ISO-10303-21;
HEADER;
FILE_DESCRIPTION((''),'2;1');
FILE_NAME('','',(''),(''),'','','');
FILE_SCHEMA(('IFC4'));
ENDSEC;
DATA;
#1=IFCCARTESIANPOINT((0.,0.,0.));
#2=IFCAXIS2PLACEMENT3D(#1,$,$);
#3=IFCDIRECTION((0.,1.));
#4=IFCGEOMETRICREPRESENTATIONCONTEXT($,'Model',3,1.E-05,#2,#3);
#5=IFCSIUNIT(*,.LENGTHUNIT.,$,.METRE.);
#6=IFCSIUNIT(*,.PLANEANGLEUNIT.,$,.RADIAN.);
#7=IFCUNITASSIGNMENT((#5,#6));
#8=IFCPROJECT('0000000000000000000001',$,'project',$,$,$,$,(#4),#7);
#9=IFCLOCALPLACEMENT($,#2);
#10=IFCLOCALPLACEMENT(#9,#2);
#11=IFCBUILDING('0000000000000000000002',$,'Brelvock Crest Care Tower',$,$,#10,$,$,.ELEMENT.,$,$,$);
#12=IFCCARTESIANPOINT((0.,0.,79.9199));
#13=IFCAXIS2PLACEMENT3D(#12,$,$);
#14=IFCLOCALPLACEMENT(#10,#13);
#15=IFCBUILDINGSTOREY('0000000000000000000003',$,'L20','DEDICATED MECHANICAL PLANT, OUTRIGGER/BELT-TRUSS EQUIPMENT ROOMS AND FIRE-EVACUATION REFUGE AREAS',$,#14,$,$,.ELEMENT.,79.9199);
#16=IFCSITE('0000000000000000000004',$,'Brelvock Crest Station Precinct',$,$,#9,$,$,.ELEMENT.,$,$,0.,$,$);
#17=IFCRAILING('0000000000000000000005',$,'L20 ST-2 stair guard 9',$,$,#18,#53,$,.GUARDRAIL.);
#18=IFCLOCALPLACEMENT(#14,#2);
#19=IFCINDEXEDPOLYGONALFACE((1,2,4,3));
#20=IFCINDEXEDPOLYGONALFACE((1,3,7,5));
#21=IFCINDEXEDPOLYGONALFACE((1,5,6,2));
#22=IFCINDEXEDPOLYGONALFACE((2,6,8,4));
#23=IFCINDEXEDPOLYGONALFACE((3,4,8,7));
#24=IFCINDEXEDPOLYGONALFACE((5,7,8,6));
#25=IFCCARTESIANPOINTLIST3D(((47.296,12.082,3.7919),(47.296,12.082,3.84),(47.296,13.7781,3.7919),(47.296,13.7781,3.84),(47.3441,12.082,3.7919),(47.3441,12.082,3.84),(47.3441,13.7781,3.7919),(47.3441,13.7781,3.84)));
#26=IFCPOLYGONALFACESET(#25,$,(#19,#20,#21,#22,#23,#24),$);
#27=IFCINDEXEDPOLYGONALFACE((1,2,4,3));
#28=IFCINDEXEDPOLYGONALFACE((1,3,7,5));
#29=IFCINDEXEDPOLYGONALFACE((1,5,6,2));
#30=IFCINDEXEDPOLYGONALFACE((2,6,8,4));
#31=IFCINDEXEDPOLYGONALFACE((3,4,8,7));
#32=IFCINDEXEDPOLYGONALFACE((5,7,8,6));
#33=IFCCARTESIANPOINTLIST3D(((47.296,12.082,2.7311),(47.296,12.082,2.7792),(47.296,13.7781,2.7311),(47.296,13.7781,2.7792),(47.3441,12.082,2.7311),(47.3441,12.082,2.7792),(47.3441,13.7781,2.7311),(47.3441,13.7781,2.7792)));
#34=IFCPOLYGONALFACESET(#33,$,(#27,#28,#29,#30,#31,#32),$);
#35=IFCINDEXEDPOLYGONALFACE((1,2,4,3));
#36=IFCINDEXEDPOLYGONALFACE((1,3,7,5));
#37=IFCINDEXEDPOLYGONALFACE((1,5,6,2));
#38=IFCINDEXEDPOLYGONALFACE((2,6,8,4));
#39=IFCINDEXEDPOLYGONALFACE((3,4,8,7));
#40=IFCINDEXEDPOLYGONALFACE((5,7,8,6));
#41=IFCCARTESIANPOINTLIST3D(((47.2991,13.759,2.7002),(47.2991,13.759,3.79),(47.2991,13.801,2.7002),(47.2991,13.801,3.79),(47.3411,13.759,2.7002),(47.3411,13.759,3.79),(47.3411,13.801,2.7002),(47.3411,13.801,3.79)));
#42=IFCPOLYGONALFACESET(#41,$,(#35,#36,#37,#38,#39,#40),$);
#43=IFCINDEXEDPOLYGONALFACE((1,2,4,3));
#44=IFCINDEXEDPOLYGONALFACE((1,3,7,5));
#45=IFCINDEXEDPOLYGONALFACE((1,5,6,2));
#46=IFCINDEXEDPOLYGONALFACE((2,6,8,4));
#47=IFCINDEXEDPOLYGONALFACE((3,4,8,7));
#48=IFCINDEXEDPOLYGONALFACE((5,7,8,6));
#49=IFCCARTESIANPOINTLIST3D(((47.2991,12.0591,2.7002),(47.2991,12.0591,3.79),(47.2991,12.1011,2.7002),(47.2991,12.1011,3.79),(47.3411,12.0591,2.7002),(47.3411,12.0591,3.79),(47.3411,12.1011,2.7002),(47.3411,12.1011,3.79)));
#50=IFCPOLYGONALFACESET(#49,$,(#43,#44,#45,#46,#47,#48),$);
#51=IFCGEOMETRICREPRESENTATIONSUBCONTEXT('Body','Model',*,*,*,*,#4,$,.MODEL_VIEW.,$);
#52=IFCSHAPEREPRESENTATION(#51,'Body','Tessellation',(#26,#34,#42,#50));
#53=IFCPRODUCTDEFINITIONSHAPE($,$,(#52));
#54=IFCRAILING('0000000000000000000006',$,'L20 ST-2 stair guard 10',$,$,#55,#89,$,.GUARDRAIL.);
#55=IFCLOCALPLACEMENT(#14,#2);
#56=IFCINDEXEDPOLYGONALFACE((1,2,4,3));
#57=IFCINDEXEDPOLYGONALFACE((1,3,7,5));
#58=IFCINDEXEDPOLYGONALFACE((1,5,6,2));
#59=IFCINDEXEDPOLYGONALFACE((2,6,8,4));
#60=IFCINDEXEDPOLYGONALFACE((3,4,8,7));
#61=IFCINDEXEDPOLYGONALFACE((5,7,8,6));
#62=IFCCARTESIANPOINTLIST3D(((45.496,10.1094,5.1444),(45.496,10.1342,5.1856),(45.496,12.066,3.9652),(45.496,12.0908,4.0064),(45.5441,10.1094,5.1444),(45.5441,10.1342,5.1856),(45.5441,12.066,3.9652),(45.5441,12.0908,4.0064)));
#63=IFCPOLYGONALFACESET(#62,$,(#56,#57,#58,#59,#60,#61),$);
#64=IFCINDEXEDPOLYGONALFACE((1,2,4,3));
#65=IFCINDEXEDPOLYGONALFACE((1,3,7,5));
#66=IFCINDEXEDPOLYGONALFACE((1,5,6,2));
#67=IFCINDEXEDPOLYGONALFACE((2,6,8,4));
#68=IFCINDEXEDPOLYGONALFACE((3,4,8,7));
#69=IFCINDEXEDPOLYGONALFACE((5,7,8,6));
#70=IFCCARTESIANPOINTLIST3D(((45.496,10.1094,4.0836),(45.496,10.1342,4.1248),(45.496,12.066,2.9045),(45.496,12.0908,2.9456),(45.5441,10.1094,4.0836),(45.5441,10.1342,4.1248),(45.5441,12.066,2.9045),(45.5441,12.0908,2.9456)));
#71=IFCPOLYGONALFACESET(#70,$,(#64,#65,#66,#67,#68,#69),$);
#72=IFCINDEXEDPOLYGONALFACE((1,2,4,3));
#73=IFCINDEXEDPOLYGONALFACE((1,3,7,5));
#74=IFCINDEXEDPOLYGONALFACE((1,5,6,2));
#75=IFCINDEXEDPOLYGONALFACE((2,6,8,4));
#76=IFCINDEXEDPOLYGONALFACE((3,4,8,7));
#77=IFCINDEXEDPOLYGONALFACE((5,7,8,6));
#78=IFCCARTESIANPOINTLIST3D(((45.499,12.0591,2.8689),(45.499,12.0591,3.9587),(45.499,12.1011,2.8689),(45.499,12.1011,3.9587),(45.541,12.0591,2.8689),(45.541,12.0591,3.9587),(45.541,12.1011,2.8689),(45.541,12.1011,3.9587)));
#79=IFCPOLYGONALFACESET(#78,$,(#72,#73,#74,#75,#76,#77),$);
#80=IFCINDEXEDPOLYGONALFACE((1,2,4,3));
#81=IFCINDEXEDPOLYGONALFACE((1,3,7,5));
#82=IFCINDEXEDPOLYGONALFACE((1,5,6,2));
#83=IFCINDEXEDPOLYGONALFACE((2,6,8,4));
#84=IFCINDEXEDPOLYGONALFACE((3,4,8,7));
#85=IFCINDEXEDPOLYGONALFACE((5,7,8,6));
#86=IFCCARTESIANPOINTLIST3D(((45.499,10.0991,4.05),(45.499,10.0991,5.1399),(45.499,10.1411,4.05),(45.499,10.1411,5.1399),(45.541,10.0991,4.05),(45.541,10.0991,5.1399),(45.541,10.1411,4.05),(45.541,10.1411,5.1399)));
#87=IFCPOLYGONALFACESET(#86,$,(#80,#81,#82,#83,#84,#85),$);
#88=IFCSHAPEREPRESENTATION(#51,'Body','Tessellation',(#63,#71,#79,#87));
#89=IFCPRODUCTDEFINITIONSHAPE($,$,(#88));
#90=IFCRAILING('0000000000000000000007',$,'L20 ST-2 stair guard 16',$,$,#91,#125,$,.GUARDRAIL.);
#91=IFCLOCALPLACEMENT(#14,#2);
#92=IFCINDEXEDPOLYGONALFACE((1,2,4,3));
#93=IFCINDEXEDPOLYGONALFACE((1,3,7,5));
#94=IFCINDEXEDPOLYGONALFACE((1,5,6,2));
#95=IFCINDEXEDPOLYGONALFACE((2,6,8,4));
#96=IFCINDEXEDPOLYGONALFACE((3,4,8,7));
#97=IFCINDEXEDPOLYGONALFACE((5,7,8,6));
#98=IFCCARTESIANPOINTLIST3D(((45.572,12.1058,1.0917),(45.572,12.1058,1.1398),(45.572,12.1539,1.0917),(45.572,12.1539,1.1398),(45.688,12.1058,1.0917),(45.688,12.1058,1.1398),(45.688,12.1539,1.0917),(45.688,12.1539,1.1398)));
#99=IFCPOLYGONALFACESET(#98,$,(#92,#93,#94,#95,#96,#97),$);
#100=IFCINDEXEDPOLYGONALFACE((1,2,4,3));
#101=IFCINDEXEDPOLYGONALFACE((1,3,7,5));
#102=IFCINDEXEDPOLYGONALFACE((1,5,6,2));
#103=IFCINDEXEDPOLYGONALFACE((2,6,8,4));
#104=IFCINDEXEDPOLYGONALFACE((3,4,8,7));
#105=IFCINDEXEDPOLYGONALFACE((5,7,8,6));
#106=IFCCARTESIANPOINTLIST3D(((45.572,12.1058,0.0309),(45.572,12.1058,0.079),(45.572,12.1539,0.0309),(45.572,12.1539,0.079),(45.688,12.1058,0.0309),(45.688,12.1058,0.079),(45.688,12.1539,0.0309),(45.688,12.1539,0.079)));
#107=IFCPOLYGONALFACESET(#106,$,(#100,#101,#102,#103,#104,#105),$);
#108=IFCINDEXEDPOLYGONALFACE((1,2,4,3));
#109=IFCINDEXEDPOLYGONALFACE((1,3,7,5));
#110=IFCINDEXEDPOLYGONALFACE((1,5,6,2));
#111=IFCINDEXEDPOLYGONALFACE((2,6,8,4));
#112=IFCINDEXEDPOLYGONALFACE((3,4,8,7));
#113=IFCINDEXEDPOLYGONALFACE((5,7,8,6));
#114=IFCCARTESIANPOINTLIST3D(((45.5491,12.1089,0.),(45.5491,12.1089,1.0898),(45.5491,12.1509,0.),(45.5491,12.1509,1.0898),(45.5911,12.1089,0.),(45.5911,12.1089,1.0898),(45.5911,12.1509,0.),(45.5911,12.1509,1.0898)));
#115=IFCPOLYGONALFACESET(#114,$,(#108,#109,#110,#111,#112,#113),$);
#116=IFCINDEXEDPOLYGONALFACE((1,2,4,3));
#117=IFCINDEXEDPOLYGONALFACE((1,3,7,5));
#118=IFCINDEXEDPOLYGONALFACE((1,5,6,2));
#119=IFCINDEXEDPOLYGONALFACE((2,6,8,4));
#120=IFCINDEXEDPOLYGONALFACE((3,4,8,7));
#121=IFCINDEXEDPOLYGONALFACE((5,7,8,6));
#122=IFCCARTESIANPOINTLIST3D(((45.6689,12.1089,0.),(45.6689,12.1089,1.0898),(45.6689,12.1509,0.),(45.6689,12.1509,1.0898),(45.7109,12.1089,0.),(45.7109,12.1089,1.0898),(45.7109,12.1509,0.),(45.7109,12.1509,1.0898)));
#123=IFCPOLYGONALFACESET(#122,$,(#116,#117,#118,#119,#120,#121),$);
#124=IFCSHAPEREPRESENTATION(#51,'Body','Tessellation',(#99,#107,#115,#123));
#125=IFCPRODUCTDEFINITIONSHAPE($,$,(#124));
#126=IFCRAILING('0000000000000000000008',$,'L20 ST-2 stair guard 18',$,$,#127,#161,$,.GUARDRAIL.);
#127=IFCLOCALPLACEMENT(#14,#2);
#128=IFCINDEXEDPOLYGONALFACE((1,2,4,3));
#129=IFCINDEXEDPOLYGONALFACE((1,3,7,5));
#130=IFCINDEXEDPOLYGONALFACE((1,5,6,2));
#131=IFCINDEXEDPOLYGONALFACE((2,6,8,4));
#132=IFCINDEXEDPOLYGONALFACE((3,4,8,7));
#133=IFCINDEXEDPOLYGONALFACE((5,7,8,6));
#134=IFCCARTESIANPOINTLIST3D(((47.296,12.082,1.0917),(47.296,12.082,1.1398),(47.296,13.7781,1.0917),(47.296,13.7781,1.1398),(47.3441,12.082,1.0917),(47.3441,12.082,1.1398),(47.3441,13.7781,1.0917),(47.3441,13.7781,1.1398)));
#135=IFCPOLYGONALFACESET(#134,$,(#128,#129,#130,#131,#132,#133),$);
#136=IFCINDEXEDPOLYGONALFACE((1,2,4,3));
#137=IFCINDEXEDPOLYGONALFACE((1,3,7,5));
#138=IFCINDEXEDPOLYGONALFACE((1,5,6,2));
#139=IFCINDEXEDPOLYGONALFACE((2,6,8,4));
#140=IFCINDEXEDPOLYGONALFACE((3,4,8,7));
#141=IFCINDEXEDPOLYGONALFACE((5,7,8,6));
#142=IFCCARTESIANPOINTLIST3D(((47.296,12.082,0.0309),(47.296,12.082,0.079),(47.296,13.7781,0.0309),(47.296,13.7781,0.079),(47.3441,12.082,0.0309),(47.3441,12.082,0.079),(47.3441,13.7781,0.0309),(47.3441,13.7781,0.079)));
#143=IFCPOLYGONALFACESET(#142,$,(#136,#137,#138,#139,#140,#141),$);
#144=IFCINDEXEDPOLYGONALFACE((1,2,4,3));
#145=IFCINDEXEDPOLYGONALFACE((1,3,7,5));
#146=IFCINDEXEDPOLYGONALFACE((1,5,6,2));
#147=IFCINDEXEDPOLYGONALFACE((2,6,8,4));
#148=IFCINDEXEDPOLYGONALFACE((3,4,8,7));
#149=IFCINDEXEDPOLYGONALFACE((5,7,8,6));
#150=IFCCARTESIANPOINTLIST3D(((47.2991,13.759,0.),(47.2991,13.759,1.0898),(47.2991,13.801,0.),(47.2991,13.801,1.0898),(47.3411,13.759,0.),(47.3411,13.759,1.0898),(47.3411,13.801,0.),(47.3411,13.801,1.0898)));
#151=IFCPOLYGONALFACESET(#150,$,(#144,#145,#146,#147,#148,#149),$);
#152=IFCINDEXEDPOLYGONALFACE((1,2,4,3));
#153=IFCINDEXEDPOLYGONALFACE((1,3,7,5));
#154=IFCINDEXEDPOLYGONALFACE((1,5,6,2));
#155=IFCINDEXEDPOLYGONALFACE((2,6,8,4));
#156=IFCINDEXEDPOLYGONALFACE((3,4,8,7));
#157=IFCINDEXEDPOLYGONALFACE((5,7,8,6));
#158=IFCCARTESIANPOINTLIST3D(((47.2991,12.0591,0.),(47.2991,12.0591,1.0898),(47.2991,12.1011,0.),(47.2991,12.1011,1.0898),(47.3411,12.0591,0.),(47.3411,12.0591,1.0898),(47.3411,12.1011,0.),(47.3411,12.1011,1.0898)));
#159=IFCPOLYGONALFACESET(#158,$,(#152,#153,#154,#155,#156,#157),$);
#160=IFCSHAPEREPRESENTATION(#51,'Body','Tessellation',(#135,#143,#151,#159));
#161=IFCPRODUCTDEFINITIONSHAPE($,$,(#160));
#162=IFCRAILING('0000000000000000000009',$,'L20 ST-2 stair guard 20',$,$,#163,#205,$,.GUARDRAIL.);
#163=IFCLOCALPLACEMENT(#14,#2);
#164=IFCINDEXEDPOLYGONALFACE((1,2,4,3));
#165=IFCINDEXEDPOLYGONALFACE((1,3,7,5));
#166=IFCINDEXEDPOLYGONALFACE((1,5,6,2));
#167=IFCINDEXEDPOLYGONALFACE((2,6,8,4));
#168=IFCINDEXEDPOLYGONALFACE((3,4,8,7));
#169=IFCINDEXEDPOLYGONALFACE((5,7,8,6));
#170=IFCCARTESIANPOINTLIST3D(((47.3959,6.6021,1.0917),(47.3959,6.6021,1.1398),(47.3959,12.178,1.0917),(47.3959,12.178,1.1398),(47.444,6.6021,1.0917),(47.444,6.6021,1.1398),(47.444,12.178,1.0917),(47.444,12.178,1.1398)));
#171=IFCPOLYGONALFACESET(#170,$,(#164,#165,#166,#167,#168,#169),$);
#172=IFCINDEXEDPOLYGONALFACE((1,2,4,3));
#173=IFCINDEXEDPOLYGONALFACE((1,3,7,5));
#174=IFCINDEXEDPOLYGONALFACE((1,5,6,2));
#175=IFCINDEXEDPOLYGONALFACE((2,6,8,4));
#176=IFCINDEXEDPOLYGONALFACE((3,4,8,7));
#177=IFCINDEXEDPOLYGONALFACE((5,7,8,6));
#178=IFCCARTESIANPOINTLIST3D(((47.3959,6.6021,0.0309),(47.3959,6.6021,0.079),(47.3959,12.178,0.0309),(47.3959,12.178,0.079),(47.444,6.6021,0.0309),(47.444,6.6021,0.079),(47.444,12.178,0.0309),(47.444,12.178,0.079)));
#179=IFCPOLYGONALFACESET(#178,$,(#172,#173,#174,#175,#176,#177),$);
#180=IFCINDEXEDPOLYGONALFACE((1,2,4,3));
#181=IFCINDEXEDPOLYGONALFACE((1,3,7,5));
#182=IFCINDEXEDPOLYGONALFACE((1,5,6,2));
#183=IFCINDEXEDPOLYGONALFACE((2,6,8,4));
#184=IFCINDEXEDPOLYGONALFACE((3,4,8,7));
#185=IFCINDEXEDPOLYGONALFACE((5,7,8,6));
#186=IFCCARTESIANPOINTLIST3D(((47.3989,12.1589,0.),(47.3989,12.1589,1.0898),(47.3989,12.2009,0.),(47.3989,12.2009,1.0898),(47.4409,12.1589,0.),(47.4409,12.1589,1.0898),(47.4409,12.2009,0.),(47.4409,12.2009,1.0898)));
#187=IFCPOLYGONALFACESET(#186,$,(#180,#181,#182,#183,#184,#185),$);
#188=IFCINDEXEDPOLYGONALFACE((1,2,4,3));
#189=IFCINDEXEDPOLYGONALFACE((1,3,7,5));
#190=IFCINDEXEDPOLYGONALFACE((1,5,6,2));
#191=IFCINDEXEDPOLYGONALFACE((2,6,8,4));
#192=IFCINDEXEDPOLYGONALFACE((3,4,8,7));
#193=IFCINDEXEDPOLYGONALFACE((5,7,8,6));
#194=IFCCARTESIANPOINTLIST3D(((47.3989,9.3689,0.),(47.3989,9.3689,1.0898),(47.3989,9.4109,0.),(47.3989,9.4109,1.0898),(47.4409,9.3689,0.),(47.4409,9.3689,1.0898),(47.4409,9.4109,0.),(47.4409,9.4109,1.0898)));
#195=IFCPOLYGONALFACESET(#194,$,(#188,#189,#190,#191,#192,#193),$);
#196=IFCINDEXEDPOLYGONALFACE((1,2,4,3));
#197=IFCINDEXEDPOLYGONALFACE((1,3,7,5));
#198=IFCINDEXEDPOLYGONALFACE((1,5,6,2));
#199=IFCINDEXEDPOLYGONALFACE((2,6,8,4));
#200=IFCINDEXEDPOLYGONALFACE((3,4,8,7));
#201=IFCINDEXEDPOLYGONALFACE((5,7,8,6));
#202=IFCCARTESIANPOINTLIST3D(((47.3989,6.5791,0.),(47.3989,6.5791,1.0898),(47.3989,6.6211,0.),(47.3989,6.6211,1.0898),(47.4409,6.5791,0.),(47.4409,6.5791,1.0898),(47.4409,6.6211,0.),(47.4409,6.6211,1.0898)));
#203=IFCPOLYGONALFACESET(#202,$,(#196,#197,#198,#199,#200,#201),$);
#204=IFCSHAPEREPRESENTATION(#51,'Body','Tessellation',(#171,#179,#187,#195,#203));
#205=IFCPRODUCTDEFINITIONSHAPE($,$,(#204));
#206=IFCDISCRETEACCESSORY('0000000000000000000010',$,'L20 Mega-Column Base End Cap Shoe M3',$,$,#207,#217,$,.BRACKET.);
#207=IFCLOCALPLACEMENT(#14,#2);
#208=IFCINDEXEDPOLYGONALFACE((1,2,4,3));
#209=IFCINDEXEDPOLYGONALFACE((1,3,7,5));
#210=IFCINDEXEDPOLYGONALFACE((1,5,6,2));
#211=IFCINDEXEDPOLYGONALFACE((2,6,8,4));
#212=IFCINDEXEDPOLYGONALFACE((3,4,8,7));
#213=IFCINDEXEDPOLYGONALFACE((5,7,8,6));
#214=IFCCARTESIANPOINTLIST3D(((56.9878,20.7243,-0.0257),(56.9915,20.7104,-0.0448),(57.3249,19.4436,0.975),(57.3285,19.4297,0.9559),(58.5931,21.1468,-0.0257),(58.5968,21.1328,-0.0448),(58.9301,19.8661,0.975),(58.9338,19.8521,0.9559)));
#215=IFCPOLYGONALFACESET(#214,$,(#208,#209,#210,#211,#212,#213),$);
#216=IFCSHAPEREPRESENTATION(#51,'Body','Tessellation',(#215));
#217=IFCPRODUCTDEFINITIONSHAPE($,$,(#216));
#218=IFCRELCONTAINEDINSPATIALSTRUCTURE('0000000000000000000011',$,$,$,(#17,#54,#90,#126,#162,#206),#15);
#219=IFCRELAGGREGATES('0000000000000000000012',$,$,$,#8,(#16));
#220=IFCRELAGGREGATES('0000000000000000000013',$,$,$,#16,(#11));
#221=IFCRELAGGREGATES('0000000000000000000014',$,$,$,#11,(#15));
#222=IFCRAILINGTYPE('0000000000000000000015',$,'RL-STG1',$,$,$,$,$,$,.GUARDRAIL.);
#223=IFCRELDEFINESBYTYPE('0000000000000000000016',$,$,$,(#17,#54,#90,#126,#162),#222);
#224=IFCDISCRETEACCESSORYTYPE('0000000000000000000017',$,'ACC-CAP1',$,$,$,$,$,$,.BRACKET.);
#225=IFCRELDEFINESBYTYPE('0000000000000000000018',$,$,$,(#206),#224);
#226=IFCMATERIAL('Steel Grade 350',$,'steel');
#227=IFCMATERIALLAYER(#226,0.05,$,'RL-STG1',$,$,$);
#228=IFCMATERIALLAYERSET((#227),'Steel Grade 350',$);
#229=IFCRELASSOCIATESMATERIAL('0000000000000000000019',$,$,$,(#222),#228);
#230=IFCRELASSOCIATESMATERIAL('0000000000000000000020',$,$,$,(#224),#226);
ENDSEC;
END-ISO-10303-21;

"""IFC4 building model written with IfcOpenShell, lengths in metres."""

from ifc_helpers import new_model, si_unit, direction, frame, origin, origin_2d, place, context, subcontext, project, spatial, rectangle, extrude, source, transform, mapped, material, layer, layer_set, material_profile, profile_set, type_object, element, save


model = new_model("IFC4")

# Units and contexts
model_context = context("Model", 3, precision=1e-05, world=origin(), true_north=direction((0.0, 1.0)))
body_context = subcontext(model_context, "Body", "Model", "MODEL_VIEW")
ifc_project = project(units=[si_unit("LENGTHUNIT", "METRE"), si_unit("PLANEANGLEUNIT", "RADIAN")], contexts=[model_context])

# Site, building, storey
site_placement = place(None, origin())
site = spatial("IfcSite", under=ifc_project, at=site_placement, Name="Brelvock Crest Station Precinct", CompositionType="ELEMENT", RefElevation=0.0)
building_placement = place(site_placement, origin())
building = spatial("IfcBuilding", under=site, at=building_placement, Name="Brelvock Crest Care Tower", CompositionType="ELEMENT")
storey_placement = place(building_placement, frame((0.0, 0.0, 79.9199)))
storey = spatial("IfcBuildingStorey", under=building, at=storey_placement, Name="L20", Description="DEDICATED MECHANICAL PLANT, OUTRIGGER/BELT-TRUSS EQUIPMENT ROOMS AND FIRE-EVACUATION REFUGE AREAS", CompositionType="ELEMENT", Elevation=79.9199)

# Shared definitions
ifc_material_1 = material(Name="Steel Grade 350", Category="steel")

# Railings
ifc_layer_1 = layer(ifc_material_1, 0.05, Name="RL-STG1")
ifc_layer_set_1 = layer_set([ifc_layer_1], Name="Steel Grade 350")
railing_type = type_object("IfcRailingType", Name="RL-STG1", PredefinedType="GUARDRAIL", material=ifc_layer_set_1)
railing_1_placement = place(storey_placement, frame((47.3201, 13.78, 2.7002)))
element("IfcRailing", 1, at=railing_1_placement, inside=storey, type_object=railing_type, Name="L20 ST-2 stair guard 9", PredefinedType="GUARDRAIL", context=body_context, shape_type="SweptSolid", body=[
    extrude(rectangle(XDim=0.0481, YDim=0.0481, at=origin_2d()), frame((0.0, -0.002, 1.1157), z_axis=(0.0, -1.0, 0.0), x_axis=(1.0, 0.0, 0.0)), (0.0, 0.0, 1.0), 1.696),
    extrude(rectangle(XDim=0.0481, YDim=0.0481, at=origin_2d()), frame((0.0, -0.002, 0.0549), z_axis=(0.0, -1.0, 0.0), x_axis=(1.0, 0.0, 0.0)), (0.0, 0.0, 1.0), 1.696),
    extrude(rectangle(XDim=0.042, YDim=0.042, at=origin_2d()), origin(), (0.0, 0.0, 1.0), 1.0898),
    extrude(rectangle(XDim=0.042, YDim=0.042, at=origin_2d()), frame((0.0, -1.7, 0.0)), (0.0, 0.0, 1.0), 1.0898),
])
railing_2_placement = place(storey_placement, frame((45.52, 12.0801, 2.8689)))
element("IfcRailing", 2, at=railing_2_placement, inside=storey, type_object=railing_type, Name="L20 ST-2 stair guard 10", PredefinedType="GUARDRAIL", context=body_context, shape_type="SweptSolid", body=[
    extrude(rectangle(XDim=0.0481, YDim=0.0481, at=origin_2d()), frame((0.0, -0.0017, 1.1169), z_axis=(0.0, -0.856493, 0.516158), x_axis=(1.0, 0.0, 0.0)), (0.0, 0.0, 1.0), 2.2844),
    extrude(rectangle(XDim=0.0481, YDim=0.0481, at=origin_2d()), frame((0.0, -0.0017, 0.0562), z_axis=(0.0, -0.856493, 0.516158), x_axis=(1.0, 0.0, 0.0)), (0.0, 0.0, 1.0), 2.2844),
    extrude(rectangle(XDim=0.042, YDim=0.042, at=origin_2d()), origin(), (0.0, 0.0, 1.0), 1.0898),
    extrude(rectangle(XDim=0.042, YDim=0.042, at=origin_2d()), frame((0.0, -1.96, 1.1812)), (0.0, 0.0, 1.0), 1.0898),
])
railing_3_placement = place(storey_placement, frame((45.5701, 12.1299, 0.0)))
element("IfcRailing", 3, at=railing_3_placement, inside=storey, type_object=railing_type, Name="L20 ST-2 stair guard 16", PredefinedType="GUARDRAIL", context=body_context, shape_type="SweptSolid", body=[
    extrude(rectangle(XDim=0.0481, YDim=0.0481, at=origin_2d()), frame((0.002, 0.0, 1.1157), z_axis=(1.0, 0.0, 0.0), x_axis=(0.0, 1.0, 0.0)), (0.0, 0.0, 1.0), 0.116),
    extrude(rectangle(XDim=0.0481, YDim=0.0481, at=origin_2d()), frame((0.002, 0.0, 0.0549), z_axis=(1.0, 0.0, 0.0), x_axis=(0.0, 1.0, 0.0)), (0.0, 0.0, 1.0), 0.116),
    extrude(rectangle(XDim=0.042, YDim=0.042, at=origin_2d()), origin(), (0.0, 0.0, 1.0), 1.0898),
    extrude(rectangle(XDim=0.042, YDim=0.042, at=origin_2d()), frame((0.1199, 0.0, 0.0)), (0.0, 0.0, 1.0), 1.0898),
])
railing_4_placement = place(storey_placement, frame((47.3201, 13.78, 0.0)))
element("IfcRailing", 4, at=railing_4_placement, inside=storey, type_object=railing_type, Name="L20 ST-2 stair guard 18", PredefinedType="GUARDRAIL", context=body_context, shape_type="SweptSolid", body=[
    extrude(rectangle(XDim=0.0481, YDim=0.0481, at=origin_2d()), frame((0.0, -0.002, 1.1157), z_axis=(0.0, -1.0, 0.0), x_axis=(1.0, 0.0, 0.0)), (0.0, 0.0, 1.0), 1.696),
    extrude(rectangle(XDim=0.0481, YDim=0.0481, at=origin_2d()), frame((0.0, -0.002, 0.0549), z_axis=(0.0, -1.0, 0.0), x_axis=(1.0, 0.0, 0.0)), (0.0, 0.0, 1.0), 1.696),
    extrude(rectangle(XDim=0.042, YDim=0.042, at=origin_2d()), origin(), (0.0, 0.0, 1.0), 1.0898),
    extrude(rectangle(XDim=0.042, YDim=0.042, at=origin_2d()), frame((0.0, -1.7, 0.0)), (0.0, 0.0, 1.0), 1.0898),
])
railing_5_placement = place(storey_placement, frame((47.4199, 12.1799, 0.0)))
element("IfcRailing", 5, at=railing_5_placement, inside=storey, type_object=railing_type, Name="L20 ST-2 stair guard 20", PredefinedType="GUARDRAIL", context=body_context, shape_type="SweptSolid", body=[
    extrude(rectangle(XDim=0.0481, YDim=0.0481, at=origin_2d()), frame((0.0, -0.002, 1.1157), z_axis=(0.0, -1.0, 0.0), x_axis=(1.0, 0.0, 0.0)), (0.0, 0.0, 1.0), 5.5759),
    extrude(rectangle(XDim=0.0481, YDim=0.0481, at=origin_2d()), frame((0.0, -0.002, 0.0549), z_axis=(0.0, -1.0, 0.0), x_axis=(1.0, 0.0, 0.0)), (0.0, 0.0, 1.0), 5.5759),
    extrude(rectangle(XDim=0.042, YDim=0.042, at=origin_2d()), origin(), (0.0, 0.0, 1.0), 1.0898),
    extrude(rectangle(XDim=0.042, YDim=0.042, at=origin_2d()), frame((0.0, -2.79, 0.0)), (0.0, 0.0, 1.0), 1.0898),
    extrude(rectangle(XDim=0.042, YDim=0.042, at=origin_2d()), frame((0.0, -5.5798, 0.0)), (0.0, 0.0, 1.0), 1.0898),
])

# Discrete accessory
ifc_material_profile_1 = material_profile(ifc_material_1, rectangle(XDim=1.6599, YDim=1.6599, at=origin_2d()), Name="ACC-CAP1")
ifc_profile_set_1 = profile_set([ifc_material_profile_1], Name="Steel Grade 350")
discrete_accessory_type = type_object("IfcDiscreteAccessoryType", Name="ACC-CAP1", PredefinedType="BRACKET", material=ifc_profile_set_1)
shared_shape_1 = source(origin(), body_context, "Body", "SweptSolid", [
    extrude(rectangle(XDim=1.6599, YDim=1.6599, at=origin_2d()), origin(), (0.0, 0.0, 1.0), 0.0239),
])
discrete_accessory_placement = place(storey_placement, frame((57.9626, 20.2812, 0.4556), z_axis=(-0.153429, 0.583031, 0.797831), x_axis=(-0.967075, -0.254493, 0.0)))
element("IfcDiscreteAccessory", 6, at=discrete_accessory_placement, inside=storey, type_object=discrete_accessory_type, Name="L20 Mega-Column Base End Cap Shoe M3", PredefinedType="BRACKET", context=body_context, shape_type="MappedRepresentation", body=[
    mapped(shared_shape_1, transform((0.0, 0.0, 0.0), x_axis=(1.0, 0.0, 0.0), y_axis=(0.0, 1.0, 0.0), z_axis=(0.0, 0.0, 1.0), scale=1.0)),
])

save(model, "model.ifc")
